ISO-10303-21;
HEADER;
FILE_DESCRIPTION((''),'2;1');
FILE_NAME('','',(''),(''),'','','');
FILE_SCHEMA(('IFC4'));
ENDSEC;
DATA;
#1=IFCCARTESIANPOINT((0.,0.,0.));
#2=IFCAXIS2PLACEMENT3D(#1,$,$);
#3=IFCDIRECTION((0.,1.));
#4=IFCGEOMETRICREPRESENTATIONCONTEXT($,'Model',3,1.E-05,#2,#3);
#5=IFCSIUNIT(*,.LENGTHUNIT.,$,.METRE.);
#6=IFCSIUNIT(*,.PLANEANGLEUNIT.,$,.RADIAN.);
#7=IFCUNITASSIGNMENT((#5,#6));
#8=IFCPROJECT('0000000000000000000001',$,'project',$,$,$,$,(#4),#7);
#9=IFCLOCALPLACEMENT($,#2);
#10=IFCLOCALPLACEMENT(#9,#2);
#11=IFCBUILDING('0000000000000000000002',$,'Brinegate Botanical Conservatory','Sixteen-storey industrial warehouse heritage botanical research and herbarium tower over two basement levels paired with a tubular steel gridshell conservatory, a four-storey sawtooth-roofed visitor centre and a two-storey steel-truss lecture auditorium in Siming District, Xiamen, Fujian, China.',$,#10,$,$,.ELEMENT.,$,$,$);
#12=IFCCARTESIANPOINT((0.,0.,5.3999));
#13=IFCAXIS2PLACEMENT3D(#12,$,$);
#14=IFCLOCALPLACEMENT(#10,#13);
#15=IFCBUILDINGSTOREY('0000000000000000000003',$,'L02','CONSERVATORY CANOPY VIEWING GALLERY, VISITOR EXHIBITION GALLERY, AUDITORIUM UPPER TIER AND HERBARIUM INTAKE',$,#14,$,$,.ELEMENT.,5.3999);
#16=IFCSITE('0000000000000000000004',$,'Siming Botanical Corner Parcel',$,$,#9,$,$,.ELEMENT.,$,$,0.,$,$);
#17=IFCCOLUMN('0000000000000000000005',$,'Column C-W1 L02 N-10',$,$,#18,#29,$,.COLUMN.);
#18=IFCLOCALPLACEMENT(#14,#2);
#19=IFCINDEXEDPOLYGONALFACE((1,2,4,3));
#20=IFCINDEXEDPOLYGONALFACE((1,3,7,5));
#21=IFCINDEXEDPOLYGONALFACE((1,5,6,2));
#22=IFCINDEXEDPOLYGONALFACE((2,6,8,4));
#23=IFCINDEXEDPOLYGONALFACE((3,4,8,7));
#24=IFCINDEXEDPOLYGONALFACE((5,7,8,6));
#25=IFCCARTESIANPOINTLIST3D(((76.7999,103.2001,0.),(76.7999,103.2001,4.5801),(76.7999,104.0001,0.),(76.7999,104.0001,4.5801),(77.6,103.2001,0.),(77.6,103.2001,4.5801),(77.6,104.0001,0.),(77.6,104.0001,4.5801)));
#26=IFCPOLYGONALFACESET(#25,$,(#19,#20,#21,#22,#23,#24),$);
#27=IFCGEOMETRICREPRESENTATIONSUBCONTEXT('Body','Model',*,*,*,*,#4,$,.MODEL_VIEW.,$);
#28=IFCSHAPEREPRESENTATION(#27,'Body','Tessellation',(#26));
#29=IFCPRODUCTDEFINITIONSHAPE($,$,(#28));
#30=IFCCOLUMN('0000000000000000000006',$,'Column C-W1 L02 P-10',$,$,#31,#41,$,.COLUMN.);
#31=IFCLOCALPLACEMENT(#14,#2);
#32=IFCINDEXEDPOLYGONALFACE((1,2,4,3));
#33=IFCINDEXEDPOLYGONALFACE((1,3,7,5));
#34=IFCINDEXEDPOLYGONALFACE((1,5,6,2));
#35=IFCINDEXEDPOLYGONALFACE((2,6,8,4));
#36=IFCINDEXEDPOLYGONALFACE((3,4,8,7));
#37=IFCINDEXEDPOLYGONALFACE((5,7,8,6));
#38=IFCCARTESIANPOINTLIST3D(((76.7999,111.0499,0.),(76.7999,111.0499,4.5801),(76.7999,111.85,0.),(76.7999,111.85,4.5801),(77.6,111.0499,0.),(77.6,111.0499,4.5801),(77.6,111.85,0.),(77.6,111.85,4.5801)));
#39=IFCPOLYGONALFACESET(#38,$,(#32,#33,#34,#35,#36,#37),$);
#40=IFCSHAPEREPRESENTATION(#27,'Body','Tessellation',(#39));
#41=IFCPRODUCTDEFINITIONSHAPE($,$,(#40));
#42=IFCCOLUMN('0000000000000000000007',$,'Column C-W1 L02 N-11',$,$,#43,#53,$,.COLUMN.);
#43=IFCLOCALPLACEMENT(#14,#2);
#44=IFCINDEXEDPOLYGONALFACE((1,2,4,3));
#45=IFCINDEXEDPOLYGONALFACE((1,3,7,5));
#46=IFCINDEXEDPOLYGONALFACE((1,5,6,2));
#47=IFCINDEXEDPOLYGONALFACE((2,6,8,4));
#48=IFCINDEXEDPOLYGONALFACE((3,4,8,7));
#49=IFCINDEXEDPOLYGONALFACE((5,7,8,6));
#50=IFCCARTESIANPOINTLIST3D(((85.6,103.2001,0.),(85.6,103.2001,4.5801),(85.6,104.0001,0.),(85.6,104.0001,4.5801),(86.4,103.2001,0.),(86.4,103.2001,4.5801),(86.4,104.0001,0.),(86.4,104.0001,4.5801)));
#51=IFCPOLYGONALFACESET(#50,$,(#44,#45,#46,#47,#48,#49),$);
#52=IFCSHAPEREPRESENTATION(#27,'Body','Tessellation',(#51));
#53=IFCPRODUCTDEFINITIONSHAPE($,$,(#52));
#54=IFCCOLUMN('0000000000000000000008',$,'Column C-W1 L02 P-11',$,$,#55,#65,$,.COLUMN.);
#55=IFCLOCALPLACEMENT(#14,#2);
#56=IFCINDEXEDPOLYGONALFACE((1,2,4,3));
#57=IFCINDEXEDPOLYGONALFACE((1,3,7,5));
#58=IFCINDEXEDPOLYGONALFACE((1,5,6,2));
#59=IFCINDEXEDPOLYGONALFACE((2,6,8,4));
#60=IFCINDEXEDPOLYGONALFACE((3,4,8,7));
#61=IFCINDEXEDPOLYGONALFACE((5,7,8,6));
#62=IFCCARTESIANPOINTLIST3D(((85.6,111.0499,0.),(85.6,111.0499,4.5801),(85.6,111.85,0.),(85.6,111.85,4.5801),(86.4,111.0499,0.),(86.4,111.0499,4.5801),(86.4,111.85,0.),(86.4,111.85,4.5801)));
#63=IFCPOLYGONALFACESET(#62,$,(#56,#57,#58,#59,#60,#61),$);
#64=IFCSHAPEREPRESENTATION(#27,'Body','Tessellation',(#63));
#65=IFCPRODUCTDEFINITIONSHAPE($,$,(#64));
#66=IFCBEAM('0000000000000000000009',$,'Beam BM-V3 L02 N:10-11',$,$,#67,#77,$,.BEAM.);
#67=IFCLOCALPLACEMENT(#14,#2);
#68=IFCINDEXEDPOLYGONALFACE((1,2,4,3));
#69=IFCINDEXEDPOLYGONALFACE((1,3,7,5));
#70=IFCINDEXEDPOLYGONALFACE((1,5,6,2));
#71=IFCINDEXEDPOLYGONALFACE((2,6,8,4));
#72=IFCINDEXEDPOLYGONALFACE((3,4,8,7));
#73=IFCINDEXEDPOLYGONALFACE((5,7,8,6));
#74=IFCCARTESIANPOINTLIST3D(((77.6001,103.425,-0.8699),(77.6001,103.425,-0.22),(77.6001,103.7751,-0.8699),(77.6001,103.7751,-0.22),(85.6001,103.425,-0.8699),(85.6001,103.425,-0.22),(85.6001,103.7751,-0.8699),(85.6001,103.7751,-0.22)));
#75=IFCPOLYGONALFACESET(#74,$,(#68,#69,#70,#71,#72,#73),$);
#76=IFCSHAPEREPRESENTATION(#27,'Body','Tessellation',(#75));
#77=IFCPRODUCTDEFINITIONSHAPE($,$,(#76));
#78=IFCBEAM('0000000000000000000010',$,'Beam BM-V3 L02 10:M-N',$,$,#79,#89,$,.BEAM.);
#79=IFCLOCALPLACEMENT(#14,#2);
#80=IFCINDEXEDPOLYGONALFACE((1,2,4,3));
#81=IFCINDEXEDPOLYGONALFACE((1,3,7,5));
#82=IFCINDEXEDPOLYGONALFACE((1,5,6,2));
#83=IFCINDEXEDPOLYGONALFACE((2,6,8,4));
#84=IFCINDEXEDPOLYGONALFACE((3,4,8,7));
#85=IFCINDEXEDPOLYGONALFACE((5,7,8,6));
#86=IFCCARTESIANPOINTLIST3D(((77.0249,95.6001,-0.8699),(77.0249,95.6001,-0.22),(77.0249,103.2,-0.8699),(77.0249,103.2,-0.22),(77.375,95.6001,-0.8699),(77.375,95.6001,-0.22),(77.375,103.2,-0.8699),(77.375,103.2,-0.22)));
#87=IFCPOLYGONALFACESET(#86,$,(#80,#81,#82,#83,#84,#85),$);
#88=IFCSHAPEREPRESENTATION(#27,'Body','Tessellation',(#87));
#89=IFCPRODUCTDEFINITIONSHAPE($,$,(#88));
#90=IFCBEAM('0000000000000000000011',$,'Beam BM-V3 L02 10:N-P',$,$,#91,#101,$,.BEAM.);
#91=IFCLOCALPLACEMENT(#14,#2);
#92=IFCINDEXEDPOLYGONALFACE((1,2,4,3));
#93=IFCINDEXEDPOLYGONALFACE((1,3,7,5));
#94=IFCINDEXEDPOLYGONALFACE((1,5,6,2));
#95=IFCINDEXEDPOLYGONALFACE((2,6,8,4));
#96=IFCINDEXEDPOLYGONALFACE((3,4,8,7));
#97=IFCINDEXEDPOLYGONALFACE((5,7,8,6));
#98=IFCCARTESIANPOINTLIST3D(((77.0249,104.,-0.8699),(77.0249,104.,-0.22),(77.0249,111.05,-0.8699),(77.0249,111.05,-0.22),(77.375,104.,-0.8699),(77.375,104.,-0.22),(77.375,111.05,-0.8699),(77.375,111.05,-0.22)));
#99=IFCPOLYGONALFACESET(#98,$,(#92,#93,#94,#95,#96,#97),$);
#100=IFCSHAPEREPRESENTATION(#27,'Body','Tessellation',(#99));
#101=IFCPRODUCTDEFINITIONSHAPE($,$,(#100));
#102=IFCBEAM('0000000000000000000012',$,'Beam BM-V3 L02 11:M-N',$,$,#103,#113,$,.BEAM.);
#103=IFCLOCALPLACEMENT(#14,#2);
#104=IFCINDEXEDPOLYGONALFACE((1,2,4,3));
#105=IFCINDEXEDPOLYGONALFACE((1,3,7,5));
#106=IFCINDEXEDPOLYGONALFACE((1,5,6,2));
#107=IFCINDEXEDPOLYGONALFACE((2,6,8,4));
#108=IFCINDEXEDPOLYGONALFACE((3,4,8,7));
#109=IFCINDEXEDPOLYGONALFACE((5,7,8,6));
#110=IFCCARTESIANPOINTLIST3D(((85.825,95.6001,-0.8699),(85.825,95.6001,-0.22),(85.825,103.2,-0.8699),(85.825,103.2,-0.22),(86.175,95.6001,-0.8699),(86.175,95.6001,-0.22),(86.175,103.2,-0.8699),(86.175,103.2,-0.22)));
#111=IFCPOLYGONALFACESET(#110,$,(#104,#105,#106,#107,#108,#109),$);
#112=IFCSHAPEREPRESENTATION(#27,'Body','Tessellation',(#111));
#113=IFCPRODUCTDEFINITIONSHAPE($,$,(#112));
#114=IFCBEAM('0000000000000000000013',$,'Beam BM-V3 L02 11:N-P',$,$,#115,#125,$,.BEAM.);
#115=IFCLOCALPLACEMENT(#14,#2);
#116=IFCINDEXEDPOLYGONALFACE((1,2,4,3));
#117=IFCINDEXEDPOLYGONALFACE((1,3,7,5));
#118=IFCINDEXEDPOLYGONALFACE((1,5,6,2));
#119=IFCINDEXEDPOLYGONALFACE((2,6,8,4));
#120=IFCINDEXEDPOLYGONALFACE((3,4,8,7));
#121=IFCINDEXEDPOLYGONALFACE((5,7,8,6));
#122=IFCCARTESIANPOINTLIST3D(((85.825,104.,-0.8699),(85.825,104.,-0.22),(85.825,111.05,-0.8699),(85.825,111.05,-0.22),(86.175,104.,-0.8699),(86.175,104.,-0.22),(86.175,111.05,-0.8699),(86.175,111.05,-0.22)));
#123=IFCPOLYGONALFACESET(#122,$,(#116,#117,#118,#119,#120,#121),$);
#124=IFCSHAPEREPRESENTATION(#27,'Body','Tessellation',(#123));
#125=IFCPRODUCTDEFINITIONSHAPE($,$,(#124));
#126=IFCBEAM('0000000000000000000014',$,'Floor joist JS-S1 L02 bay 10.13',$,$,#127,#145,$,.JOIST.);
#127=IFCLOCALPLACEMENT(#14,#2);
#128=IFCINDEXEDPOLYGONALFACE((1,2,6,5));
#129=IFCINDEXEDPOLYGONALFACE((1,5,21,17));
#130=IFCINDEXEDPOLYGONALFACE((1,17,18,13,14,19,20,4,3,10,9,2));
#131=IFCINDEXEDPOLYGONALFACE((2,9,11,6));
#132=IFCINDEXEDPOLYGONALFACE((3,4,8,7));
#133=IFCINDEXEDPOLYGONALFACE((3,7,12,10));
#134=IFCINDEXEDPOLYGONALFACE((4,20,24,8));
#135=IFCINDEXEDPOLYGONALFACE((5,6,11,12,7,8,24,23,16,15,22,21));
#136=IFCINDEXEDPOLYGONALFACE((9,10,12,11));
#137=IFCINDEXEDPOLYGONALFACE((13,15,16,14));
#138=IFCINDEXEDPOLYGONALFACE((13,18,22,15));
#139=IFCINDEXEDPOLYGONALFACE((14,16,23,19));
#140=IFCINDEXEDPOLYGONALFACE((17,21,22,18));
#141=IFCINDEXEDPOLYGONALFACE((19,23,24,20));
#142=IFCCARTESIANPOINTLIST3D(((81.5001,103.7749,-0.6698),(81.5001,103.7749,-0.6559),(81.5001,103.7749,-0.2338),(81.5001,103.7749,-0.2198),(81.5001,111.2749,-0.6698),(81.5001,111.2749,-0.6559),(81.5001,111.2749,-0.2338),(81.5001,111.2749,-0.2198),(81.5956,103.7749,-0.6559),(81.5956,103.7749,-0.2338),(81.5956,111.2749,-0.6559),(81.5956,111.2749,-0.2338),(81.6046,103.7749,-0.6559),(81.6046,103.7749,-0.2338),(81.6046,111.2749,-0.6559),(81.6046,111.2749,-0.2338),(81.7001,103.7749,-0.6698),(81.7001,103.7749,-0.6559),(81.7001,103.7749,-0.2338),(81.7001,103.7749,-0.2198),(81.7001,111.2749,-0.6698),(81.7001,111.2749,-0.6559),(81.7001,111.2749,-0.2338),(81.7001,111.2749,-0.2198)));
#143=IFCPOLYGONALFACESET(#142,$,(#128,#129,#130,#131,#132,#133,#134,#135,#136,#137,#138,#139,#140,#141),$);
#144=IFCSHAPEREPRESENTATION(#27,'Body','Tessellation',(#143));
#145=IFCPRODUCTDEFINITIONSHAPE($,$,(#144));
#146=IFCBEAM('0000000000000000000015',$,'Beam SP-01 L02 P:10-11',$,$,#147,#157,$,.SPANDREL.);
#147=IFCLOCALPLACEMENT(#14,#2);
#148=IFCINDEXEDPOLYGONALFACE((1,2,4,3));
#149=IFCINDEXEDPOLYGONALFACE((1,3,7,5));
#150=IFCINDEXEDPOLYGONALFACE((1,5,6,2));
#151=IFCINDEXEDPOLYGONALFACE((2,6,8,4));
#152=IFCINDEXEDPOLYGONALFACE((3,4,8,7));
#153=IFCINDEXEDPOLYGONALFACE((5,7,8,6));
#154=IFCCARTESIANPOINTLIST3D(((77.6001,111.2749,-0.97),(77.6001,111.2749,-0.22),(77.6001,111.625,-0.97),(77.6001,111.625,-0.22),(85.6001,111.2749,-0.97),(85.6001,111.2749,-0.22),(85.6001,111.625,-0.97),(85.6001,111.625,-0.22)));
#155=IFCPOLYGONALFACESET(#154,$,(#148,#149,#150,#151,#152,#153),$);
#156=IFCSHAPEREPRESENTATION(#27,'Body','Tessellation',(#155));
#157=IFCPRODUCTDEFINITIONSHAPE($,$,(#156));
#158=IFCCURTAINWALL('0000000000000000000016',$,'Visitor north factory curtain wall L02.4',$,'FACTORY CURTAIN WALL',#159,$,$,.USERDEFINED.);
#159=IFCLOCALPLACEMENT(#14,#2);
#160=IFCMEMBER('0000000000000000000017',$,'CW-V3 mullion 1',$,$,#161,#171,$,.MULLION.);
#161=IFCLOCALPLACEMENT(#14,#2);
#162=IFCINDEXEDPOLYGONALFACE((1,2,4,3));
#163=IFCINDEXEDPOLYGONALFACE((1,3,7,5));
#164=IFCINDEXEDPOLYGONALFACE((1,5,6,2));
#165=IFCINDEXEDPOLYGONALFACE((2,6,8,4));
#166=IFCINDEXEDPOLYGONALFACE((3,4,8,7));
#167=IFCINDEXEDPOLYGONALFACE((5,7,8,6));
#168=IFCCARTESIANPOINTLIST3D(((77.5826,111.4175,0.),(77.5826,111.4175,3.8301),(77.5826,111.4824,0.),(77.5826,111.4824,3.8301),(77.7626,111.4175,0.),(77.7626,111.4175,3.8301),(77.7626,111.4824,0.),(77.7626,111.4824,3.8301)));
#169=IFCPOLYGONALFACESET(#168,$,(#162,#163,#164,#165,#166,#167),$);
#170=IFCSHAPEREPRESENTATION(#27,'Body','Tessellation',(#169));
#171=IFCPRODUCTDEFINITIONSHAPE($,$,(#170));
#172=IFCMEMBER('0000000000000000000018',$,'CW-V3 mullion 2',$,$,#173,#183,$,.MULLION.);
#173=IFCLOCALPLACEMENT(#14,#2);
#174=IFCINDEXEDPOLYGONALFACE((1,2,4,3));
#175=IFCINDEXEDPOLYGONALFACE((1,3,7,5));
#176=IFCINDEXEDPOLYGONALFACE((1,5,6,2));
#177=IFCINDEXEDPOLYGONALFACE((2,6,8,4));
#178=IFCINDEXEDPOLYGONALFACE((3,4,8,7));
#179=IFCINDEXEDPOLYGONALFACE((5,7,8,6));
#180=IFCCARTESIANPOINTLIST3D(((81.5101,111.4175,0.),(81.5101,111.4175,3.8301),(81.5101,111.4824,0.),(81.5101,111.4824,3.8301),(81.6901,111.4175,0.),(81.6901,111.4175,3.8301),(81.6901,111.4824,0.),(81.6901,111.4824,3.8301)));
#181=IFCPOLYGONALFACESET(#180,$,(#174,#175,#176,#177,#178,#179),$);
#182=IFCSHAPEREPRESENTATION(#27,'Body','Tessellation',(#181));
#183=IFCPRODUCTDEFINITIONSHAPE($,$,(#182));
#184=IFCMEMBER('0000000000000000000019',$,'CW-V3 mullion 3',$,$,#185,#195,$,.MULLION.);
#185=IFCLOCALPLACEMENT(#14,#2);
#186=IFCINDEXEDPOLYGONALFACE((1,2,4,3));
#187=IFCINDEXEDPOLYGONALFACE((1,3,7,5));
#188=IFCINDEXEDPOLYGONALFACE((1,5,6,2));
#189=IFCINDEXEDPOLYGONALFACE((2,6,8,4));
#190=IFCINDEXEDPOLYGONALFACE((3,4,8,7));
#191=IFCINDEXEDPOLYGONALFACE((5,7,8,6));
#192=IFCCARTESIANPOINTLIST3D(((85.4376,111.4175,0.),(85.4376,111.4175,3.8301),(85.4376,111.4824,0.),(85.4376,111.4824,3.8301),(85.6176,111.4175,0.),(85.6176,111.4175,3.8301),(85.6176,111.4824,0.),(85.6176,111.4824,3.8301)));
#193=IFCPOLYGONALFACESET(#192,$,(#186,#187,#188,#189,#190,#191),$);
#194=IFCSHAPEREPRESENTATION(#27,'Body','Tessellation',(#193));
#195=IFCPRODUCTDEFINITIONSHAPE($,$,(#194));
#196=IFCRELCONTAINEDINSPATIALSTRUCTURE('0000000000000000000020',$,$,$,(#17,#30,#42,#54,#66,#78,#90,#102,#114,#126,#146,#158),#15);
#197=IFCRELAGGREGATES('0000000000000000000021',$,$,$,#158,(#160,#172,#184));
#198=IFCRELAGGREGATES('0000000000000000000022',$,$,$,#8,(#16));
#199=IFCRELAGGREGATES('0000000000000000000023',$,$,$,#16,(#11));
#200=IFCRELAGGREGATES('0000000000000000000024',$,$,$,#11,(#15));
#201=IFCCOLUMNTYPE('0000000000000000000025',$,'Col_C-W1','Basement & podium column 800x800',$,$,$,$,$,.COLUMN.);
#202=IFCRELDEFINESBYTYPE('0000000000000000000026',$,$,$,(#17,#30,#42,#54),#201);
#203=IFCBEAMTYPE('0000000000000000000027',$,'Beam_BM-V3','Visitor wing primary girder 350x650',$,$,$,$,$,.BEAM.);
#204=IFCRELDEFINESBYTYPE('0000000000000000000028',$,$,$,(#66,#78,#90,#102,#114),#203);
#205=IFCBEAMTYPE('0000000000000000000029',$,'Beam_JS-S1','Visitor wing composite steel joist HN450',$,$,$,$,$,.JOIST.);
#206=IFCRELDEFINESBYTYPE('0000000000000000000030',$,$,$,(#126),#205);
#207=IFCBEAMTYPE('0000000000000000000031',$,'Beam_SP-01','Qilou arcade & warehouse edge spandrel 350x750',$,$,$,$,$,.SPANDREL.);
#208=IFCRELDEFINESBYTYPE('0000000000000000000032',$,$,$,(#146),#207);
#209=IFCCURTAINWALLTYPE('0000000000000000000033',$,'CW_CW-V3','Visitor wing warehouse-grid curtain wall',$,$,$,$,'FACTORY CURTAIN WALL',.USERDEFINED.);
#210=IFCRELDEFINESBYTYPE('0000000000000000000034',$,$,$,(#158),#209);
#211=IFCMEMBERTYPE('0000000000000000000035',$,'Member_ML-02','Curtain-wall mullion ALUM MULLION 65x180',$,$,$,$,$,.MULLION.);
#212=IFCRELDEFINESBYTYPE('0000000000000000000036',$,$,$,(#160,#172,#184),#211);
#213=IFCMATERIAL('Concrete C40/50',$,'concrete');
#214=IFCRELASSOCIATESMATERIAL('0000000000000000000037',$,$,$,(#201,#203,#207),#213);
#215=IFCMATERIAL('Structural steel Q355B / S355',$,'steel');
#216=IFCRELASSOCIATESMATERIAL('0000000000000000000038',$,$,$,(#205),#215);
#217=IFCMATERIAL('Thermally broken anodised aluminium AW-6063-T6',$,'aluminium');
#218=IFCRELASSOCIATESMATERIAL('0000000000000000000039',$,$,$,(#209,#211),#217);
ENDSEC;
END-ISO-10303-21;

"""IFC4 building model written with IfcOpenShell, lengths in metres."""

from ifc_helpers import new_model, si_unit, direction, frame, origin, origin_2d, place, context, subcontext, project, spatial, rectangle, i_section, extrude, material, material_profile, profile_set, type_object, element, aggregate, save


model = new_model("IFC4")

# Units and contexts
model_context = context("Model", 3, precision=1e-05, world=origin(), true_north=direction((0.0, 1.0)))
body_context = subcontext(model_context, "Body", "Model", "MODEL_VIEW")
ifc_project = project(units=[si_unit("LENGTHUNIT", "METRE"), si_unit("PLANEANGLEUNIT", "RADIAN")], contexts=[model_context])

# Site, building, storey
site_placement = place(None, origin())
site = spatial("IfcSite", under=ifc_project, at=site_placement, Name="Siming Botanical Corner Parcel", CompositionType="ELEMENT", RefElevation=0.0)
building_placement = place(site_placement, origin())
building = spatial("IfcBuilding", under=site, at=building_placement, Name="Brinegate Botanical Conservatory", Description="Sixteen-storey industrial warehouse heritage botanical research and herbarium tower over two basement levels paired with a tubular steel gridshell conservatory, a four-storey sawtooth-roofed visitor centre and a two-storey steel-truss lecture auditorium in Siming District, Xiamen, Fujian, China.", CompositionType="ELEMENT")
storey_placement = place(building_placement, frame((0.0, 0.0, 5.3999)))
storey = spatial("IfcBuildingStorey", under=building, at=storey_placement, Name="L02", Description="CONSERVATORY CANOPY VIEWING GALLERY, VISITOR EXHIBITION GALLERY, AUDITORIUM UPPER TIER AND HERBARIUM INTAKE", CompositionType="ELEMENT", Elevation=5.3999)

# Columns
ifc_material_1 = material(Name="Concrete C40/50", Category="concrete")
ifc_material_profile_1 = material_profile(ifc_material_1, rectangle(XDim=0.8, YDim=0.8, at=origin_2d()), Name="RC COL 800x800")
ifc_profile_set_1 = profile_set([ifc_material_profile_1], Name="Concrete C40/50")
column_type = type_object("IfcColumnType", Name="Col_C-W1", Description="Basement & podium column 800x800", PredefinedType="COLUMN", material=ifc_profile_set_1)
for number, where, z_axis, x_axis, name in (
    (1, (77.2, 103.6001, 0.0), (0.0, 0.0, 1.0), (1.0, 0.0, 0.0), "Column C-W1 L02 N-10"),
    (2, (77.2, 111.45, 0.0), (0.0, 0.0, 1.0), (1.0, 0.0, 0.0), "Column C-W1 L02 P-10"),
    (3, (86.0, 103.6001, 0.0), (0.0, 0.0, 1.0), (1.0, 0.0, 0.0), "Column C-W1 L02 N-11"),
    (4, (86.0, 111.45, 0.0), (0.0, 0.0, 1.0), (1.0, 0.0, 0.0), "Column C-W1 L02 P-11"),
):
    element("IfcColumn", number, at=place(storey_placement, frame(where, z_axis=z_axis, x_axis=x_axis)), inside=storey, type_object=column_type, Name=name, PredefinedType="COLUMN", context=body_context, shape_type="SweptSolid", body=[
        extrude(rectangle(XDim=0.8, YDim=0.8, at=origin_2d()), origin(), (0.0, 0.0, 1.0), 4.5801),
    ])

# Beams
ifc_material_profile_2 = material_profile(ifc_material_1, rectangle(XDim=0.3501, YDim=0.6499, at=origin_2d()), Name="RC BM 350x650")
ifc_profile_set_2 = profile_set([ifc_material_profile_2], Name="Concrete C40/50")
beam_type_1 = type_object("IfcBeamType", Name="Beam_BM-V3", Description="Visitor wing primary girder 350x650", PredefinedType="BEAM", material=ifc_profile_set_2)
beam_1_placement = place(storey_placement, frame((77.6001, 103.6001, -0.5449), z_axis=(1.0, 0.0, 0.0), x_axis=(0.0, 1.0, 0.0)))
element("IfcBeam", 5, at=beam_1_placement, inside=storey, type_object=beam_type_1, Name="Beam BM-V3 L02 N:10-11", PredefinedType="BEAM", context=body_context, shape_type="SweptSolid", body=[
    extrude(rectangle(XDim=0.3501, YDim=0.6499, at=origin_2d()), origin(), (0.0, 0.0, 1.0), 8.0),
])
beam_2_placement = place(storey_placement, frame((77.2, 95.6001, -0.5449), z_axis=(0.0, 1.0, 0.0), x_axis=(-1.0, 0.0, 0.0)))
element("IfcBeam", 6, at=beam_2_placement, inside=storey, type_object=beam_type_1, Name="Beam BM-V3 L02 10:M-N", PredefinedType="BEAM", context=body_context, shape_type="SweptSolid", body=[
    extrude(rectangle(XDim=0.3501, YDim=0.6499, at=origin_2d()), origin(), (0.0, 0.0, 1.0), 7.5999),
])
beam_3_placement = place(storey_placement, frame((77.2, 104.0, -0.5449), z_axis=(0.0, 1.0, 0.0), x_axis=(-1.0, 0.0, 0.0)))
element("IfcBeam", 7, at=beam_3_placement, inside=storey, type_object=beam_type_1, Name="Beam BM-V3 L02 10:N-P", PredefinedType="BEAM", context=body_context, shape_type="SweptSolid", body=[
    extrude(rectangle(XDim=0.3501, YDim=0.6499, at=origin_2d()), origin(), (0.0, 0.0, 1.0), 7.05),
])
beam_4_placement = place(storey_placement, frame((86.0, 95.6001, -0.5449), z_axis=(0.0, 1.0, 0.0), x_axis=(-1.0, 0.0, 0.0)))
element("IfcBeam", 8, at=beam_4_placement, inside=storey, type_object=beam_type_1, Name="Beam BM-V3 L02 11:M-N", PredefinedType="BEAM", context=body_context, shape_type="SweptSolid", body=[
    extrude(rectangle(XDim=0.3501, YDim=0.6499, at=origin_2d()), origin(), (0.0, 0.0, 1.0), 7.5999),
])
beam_5_placement = place(storey_placement, frame((86.0, 104.0, -0.5449), z_axis=(0.0, 1.0, 0.0), x_axis=(-1.0, 0.0, 0.0)))
element("IfcBeam", 9, at=beam_5_placement, inside=storey, type_object=beam_type_1, Name="Beam BM-V3 L02 11:N-P", PredefinedType="BEAM", context=body_context, shape_type="SweptSolid", body=[
    extrude(rectangle(XDim=0.3501, YDim=0.6499, at=origin_2d()), origin(), (0.0, 0.0, 1.0), 7.05),
])
ifc_material_2 = material(Name="Structural steel Q355B / S355", Category="steel")
ifc_material_profile_3 = material_profile(ifc_material_2, i_section(OverallWidth=0.2, OverallDepth=0.45, WebThickness=0.009, FlangeThickness=0.0139, at=origin_2d()), Name="HN 450x200x9x14")
ifc_profile_set_3 = profile_set([ifc_material_profile_3], Name="Structural steel Q355B / S355")
beam_type_2 = type_object("IfcBeamType", Name="Beam_JS-S1", Description="Visitor wing composite steel joist HN450", PredefinedType="JOIST", material=ifc_profile_set_3)
beam_6_placement = place(storey_placement, frame((81.6001, 103.7749, -0.4448), z_axis=(0.0, 1.0, 0.0), x_axis=(-1.0, 0.0, 0.0)))
element("IfcBeam", 10, at=beam_6_placement, inside=storey, type_object=beam_type_2, Name="Floor joist JS-S1 L02 bay 10.13", PredefinedType="JOIST", context=body_context, shape_type="SweptSolid", body=[
    extrude(i_section(OverallWidth=0.2, OverallDepth=0.45, WebThickness=0.009, FlangeThickness=0.0139, at=origin_2d()), origin(), (0.0, 0.0, 1.0), 7.5),
])
ifc_material_profile_4 = material_profile(ifc_material_1, rectangle(XDim=0.3501, YDim=0.75, at=origin_2d()), Name="RC SPN 350x750")
ifc_profile_set_4 = profile_set([ifc_material_profile_4], Name="Concrete C40/50")
beam_type_3 = type_object("IfcBeamType", Name="Beam_SP-01", Description="Qilou arcade & warehouse edge spandrel 350x750", PredefinedType="SPANDREL", material=ifc_profile_set_4)
beam_7_placement = place(storey_placement, frame((77.6001, 111.45, -0.595), z_axis=(1.0, 0.0, 0.0), x_axis=(0.0, 1.0, 0.0)))
element("IfcBeam", 11, at=beam_7_placement, inside=storey, type_object=beam_type_3, Name="Beam SP-01 L02 P:10-11", PredefinedType="SPANDREL", context=body_context, shape_type="SweptSolid", body=[
    extrude(rectangle(XDim=0.3501, YDim=0.75, at=origin_2d()), origin(), (0.0, 0.0, 1.0), 8.0),
])

# Curtain wall, members
ifc_material_3 = material(Name="Thermally broken anodised aluminium AW-6063-T6", Category="aluminium")
curtain_wall_type = type_object("IfcCurtainWallType", Name="CW_CW-V3", Description="Visitor wing warehouse-grid curtain wall", ElementType="FACTORY CURTAIN WALL", PredefinedType="USERDEFINED", material=ifc_material_3)
curtain_wall_placement = place(storey_placement, origin())
curtain_wall = element("IfcCurtainWall", 12, at=curtain_wall_placement, inside=storey, type_object=curtain_wall_type, Name="Visitor north factory curtain wall L02.4", ObjectType="FACTORY CURTAIN WALL", PredefinedType="USERDEFINED")
ifc_material_profile_5 = material_profile(ifc_material_3, rectangle(XDim=0.0649, YDim=0.1799, at=origin_2d()), Name="ALUM MULLION 65x180")
ifc_profile_set_5 = profile_set([ifc_material_profile_5], Name="Thermally broken anodised aluminium AW-6063-T6")
member_type_1 = type_object("IfcMemberType", Name="Member_ML-02", Description="Curtain-wall mullion ALUM MULLION 65x180", PredefinedType="MULLION", material=ifc_profile_set_5)
member_1_placement = place(storey_placement, frame((77.6726, 111.45, 0.0), z_axis=(0.0, 0.0, 1.0), x_axis=(0.0, 1.0, 0.0)))
member_1 = element("IfcMember", 13, at=member_1_placement, type_object=member_type_1, Name="CW-V3 mullion 1", PredefinedType="MULLION", context=body_context, shape_type="SweptSolid", body=[
    extrude(rectangle(XDim=0.0649, YDim=0.1799, at=origin_2d()), origin(), (0.0, 0.0, 1.0), 3.8301),
])
member_2_placement = place(storey_placement, frame((81.6001, 111.45, 0.0), z_axis=(0.0, 0.0, 1.0), x_axis=(0.0, 1.0, 0.0)))
member_2 = element("IfcMember", 14, at=member_2_placement, type_object=member_type_1, Name="CW-V3 mullion 2", PredefinedType="MULLION", context=body_context, shape_type="SweptSolid", body=[
    extrude(rectangle(XDim=0.0649, YDim=0.1799, at=origin_2d()), origin(), (0.0, 0.0, 1.0), 3.8301),
])
member_3_placement = place(storey_placement, frame((85.5276, 111.45, 0.0), z_axis=(0.0, 0.0, 1.0), x_axis=(0.0, 1.0, 0.0)))
member_3 = element("IfcMember", 15, at=member_3_placement, type_object=member_type_1, Name="CW-V3 mullion 3", PredefinedType="MULLION", context=body_context, shape_type="SweptSolid", body=[
    extrude(rectangle(XDim=0.0649, YDim=0.1799, at=origin_2d()), origin(), (0.0, 0.0, 1.0), 3.8301),
])
aggregate(curtain_wall, [member_1, member_2, member_3])

save(model, "model.ifc")
